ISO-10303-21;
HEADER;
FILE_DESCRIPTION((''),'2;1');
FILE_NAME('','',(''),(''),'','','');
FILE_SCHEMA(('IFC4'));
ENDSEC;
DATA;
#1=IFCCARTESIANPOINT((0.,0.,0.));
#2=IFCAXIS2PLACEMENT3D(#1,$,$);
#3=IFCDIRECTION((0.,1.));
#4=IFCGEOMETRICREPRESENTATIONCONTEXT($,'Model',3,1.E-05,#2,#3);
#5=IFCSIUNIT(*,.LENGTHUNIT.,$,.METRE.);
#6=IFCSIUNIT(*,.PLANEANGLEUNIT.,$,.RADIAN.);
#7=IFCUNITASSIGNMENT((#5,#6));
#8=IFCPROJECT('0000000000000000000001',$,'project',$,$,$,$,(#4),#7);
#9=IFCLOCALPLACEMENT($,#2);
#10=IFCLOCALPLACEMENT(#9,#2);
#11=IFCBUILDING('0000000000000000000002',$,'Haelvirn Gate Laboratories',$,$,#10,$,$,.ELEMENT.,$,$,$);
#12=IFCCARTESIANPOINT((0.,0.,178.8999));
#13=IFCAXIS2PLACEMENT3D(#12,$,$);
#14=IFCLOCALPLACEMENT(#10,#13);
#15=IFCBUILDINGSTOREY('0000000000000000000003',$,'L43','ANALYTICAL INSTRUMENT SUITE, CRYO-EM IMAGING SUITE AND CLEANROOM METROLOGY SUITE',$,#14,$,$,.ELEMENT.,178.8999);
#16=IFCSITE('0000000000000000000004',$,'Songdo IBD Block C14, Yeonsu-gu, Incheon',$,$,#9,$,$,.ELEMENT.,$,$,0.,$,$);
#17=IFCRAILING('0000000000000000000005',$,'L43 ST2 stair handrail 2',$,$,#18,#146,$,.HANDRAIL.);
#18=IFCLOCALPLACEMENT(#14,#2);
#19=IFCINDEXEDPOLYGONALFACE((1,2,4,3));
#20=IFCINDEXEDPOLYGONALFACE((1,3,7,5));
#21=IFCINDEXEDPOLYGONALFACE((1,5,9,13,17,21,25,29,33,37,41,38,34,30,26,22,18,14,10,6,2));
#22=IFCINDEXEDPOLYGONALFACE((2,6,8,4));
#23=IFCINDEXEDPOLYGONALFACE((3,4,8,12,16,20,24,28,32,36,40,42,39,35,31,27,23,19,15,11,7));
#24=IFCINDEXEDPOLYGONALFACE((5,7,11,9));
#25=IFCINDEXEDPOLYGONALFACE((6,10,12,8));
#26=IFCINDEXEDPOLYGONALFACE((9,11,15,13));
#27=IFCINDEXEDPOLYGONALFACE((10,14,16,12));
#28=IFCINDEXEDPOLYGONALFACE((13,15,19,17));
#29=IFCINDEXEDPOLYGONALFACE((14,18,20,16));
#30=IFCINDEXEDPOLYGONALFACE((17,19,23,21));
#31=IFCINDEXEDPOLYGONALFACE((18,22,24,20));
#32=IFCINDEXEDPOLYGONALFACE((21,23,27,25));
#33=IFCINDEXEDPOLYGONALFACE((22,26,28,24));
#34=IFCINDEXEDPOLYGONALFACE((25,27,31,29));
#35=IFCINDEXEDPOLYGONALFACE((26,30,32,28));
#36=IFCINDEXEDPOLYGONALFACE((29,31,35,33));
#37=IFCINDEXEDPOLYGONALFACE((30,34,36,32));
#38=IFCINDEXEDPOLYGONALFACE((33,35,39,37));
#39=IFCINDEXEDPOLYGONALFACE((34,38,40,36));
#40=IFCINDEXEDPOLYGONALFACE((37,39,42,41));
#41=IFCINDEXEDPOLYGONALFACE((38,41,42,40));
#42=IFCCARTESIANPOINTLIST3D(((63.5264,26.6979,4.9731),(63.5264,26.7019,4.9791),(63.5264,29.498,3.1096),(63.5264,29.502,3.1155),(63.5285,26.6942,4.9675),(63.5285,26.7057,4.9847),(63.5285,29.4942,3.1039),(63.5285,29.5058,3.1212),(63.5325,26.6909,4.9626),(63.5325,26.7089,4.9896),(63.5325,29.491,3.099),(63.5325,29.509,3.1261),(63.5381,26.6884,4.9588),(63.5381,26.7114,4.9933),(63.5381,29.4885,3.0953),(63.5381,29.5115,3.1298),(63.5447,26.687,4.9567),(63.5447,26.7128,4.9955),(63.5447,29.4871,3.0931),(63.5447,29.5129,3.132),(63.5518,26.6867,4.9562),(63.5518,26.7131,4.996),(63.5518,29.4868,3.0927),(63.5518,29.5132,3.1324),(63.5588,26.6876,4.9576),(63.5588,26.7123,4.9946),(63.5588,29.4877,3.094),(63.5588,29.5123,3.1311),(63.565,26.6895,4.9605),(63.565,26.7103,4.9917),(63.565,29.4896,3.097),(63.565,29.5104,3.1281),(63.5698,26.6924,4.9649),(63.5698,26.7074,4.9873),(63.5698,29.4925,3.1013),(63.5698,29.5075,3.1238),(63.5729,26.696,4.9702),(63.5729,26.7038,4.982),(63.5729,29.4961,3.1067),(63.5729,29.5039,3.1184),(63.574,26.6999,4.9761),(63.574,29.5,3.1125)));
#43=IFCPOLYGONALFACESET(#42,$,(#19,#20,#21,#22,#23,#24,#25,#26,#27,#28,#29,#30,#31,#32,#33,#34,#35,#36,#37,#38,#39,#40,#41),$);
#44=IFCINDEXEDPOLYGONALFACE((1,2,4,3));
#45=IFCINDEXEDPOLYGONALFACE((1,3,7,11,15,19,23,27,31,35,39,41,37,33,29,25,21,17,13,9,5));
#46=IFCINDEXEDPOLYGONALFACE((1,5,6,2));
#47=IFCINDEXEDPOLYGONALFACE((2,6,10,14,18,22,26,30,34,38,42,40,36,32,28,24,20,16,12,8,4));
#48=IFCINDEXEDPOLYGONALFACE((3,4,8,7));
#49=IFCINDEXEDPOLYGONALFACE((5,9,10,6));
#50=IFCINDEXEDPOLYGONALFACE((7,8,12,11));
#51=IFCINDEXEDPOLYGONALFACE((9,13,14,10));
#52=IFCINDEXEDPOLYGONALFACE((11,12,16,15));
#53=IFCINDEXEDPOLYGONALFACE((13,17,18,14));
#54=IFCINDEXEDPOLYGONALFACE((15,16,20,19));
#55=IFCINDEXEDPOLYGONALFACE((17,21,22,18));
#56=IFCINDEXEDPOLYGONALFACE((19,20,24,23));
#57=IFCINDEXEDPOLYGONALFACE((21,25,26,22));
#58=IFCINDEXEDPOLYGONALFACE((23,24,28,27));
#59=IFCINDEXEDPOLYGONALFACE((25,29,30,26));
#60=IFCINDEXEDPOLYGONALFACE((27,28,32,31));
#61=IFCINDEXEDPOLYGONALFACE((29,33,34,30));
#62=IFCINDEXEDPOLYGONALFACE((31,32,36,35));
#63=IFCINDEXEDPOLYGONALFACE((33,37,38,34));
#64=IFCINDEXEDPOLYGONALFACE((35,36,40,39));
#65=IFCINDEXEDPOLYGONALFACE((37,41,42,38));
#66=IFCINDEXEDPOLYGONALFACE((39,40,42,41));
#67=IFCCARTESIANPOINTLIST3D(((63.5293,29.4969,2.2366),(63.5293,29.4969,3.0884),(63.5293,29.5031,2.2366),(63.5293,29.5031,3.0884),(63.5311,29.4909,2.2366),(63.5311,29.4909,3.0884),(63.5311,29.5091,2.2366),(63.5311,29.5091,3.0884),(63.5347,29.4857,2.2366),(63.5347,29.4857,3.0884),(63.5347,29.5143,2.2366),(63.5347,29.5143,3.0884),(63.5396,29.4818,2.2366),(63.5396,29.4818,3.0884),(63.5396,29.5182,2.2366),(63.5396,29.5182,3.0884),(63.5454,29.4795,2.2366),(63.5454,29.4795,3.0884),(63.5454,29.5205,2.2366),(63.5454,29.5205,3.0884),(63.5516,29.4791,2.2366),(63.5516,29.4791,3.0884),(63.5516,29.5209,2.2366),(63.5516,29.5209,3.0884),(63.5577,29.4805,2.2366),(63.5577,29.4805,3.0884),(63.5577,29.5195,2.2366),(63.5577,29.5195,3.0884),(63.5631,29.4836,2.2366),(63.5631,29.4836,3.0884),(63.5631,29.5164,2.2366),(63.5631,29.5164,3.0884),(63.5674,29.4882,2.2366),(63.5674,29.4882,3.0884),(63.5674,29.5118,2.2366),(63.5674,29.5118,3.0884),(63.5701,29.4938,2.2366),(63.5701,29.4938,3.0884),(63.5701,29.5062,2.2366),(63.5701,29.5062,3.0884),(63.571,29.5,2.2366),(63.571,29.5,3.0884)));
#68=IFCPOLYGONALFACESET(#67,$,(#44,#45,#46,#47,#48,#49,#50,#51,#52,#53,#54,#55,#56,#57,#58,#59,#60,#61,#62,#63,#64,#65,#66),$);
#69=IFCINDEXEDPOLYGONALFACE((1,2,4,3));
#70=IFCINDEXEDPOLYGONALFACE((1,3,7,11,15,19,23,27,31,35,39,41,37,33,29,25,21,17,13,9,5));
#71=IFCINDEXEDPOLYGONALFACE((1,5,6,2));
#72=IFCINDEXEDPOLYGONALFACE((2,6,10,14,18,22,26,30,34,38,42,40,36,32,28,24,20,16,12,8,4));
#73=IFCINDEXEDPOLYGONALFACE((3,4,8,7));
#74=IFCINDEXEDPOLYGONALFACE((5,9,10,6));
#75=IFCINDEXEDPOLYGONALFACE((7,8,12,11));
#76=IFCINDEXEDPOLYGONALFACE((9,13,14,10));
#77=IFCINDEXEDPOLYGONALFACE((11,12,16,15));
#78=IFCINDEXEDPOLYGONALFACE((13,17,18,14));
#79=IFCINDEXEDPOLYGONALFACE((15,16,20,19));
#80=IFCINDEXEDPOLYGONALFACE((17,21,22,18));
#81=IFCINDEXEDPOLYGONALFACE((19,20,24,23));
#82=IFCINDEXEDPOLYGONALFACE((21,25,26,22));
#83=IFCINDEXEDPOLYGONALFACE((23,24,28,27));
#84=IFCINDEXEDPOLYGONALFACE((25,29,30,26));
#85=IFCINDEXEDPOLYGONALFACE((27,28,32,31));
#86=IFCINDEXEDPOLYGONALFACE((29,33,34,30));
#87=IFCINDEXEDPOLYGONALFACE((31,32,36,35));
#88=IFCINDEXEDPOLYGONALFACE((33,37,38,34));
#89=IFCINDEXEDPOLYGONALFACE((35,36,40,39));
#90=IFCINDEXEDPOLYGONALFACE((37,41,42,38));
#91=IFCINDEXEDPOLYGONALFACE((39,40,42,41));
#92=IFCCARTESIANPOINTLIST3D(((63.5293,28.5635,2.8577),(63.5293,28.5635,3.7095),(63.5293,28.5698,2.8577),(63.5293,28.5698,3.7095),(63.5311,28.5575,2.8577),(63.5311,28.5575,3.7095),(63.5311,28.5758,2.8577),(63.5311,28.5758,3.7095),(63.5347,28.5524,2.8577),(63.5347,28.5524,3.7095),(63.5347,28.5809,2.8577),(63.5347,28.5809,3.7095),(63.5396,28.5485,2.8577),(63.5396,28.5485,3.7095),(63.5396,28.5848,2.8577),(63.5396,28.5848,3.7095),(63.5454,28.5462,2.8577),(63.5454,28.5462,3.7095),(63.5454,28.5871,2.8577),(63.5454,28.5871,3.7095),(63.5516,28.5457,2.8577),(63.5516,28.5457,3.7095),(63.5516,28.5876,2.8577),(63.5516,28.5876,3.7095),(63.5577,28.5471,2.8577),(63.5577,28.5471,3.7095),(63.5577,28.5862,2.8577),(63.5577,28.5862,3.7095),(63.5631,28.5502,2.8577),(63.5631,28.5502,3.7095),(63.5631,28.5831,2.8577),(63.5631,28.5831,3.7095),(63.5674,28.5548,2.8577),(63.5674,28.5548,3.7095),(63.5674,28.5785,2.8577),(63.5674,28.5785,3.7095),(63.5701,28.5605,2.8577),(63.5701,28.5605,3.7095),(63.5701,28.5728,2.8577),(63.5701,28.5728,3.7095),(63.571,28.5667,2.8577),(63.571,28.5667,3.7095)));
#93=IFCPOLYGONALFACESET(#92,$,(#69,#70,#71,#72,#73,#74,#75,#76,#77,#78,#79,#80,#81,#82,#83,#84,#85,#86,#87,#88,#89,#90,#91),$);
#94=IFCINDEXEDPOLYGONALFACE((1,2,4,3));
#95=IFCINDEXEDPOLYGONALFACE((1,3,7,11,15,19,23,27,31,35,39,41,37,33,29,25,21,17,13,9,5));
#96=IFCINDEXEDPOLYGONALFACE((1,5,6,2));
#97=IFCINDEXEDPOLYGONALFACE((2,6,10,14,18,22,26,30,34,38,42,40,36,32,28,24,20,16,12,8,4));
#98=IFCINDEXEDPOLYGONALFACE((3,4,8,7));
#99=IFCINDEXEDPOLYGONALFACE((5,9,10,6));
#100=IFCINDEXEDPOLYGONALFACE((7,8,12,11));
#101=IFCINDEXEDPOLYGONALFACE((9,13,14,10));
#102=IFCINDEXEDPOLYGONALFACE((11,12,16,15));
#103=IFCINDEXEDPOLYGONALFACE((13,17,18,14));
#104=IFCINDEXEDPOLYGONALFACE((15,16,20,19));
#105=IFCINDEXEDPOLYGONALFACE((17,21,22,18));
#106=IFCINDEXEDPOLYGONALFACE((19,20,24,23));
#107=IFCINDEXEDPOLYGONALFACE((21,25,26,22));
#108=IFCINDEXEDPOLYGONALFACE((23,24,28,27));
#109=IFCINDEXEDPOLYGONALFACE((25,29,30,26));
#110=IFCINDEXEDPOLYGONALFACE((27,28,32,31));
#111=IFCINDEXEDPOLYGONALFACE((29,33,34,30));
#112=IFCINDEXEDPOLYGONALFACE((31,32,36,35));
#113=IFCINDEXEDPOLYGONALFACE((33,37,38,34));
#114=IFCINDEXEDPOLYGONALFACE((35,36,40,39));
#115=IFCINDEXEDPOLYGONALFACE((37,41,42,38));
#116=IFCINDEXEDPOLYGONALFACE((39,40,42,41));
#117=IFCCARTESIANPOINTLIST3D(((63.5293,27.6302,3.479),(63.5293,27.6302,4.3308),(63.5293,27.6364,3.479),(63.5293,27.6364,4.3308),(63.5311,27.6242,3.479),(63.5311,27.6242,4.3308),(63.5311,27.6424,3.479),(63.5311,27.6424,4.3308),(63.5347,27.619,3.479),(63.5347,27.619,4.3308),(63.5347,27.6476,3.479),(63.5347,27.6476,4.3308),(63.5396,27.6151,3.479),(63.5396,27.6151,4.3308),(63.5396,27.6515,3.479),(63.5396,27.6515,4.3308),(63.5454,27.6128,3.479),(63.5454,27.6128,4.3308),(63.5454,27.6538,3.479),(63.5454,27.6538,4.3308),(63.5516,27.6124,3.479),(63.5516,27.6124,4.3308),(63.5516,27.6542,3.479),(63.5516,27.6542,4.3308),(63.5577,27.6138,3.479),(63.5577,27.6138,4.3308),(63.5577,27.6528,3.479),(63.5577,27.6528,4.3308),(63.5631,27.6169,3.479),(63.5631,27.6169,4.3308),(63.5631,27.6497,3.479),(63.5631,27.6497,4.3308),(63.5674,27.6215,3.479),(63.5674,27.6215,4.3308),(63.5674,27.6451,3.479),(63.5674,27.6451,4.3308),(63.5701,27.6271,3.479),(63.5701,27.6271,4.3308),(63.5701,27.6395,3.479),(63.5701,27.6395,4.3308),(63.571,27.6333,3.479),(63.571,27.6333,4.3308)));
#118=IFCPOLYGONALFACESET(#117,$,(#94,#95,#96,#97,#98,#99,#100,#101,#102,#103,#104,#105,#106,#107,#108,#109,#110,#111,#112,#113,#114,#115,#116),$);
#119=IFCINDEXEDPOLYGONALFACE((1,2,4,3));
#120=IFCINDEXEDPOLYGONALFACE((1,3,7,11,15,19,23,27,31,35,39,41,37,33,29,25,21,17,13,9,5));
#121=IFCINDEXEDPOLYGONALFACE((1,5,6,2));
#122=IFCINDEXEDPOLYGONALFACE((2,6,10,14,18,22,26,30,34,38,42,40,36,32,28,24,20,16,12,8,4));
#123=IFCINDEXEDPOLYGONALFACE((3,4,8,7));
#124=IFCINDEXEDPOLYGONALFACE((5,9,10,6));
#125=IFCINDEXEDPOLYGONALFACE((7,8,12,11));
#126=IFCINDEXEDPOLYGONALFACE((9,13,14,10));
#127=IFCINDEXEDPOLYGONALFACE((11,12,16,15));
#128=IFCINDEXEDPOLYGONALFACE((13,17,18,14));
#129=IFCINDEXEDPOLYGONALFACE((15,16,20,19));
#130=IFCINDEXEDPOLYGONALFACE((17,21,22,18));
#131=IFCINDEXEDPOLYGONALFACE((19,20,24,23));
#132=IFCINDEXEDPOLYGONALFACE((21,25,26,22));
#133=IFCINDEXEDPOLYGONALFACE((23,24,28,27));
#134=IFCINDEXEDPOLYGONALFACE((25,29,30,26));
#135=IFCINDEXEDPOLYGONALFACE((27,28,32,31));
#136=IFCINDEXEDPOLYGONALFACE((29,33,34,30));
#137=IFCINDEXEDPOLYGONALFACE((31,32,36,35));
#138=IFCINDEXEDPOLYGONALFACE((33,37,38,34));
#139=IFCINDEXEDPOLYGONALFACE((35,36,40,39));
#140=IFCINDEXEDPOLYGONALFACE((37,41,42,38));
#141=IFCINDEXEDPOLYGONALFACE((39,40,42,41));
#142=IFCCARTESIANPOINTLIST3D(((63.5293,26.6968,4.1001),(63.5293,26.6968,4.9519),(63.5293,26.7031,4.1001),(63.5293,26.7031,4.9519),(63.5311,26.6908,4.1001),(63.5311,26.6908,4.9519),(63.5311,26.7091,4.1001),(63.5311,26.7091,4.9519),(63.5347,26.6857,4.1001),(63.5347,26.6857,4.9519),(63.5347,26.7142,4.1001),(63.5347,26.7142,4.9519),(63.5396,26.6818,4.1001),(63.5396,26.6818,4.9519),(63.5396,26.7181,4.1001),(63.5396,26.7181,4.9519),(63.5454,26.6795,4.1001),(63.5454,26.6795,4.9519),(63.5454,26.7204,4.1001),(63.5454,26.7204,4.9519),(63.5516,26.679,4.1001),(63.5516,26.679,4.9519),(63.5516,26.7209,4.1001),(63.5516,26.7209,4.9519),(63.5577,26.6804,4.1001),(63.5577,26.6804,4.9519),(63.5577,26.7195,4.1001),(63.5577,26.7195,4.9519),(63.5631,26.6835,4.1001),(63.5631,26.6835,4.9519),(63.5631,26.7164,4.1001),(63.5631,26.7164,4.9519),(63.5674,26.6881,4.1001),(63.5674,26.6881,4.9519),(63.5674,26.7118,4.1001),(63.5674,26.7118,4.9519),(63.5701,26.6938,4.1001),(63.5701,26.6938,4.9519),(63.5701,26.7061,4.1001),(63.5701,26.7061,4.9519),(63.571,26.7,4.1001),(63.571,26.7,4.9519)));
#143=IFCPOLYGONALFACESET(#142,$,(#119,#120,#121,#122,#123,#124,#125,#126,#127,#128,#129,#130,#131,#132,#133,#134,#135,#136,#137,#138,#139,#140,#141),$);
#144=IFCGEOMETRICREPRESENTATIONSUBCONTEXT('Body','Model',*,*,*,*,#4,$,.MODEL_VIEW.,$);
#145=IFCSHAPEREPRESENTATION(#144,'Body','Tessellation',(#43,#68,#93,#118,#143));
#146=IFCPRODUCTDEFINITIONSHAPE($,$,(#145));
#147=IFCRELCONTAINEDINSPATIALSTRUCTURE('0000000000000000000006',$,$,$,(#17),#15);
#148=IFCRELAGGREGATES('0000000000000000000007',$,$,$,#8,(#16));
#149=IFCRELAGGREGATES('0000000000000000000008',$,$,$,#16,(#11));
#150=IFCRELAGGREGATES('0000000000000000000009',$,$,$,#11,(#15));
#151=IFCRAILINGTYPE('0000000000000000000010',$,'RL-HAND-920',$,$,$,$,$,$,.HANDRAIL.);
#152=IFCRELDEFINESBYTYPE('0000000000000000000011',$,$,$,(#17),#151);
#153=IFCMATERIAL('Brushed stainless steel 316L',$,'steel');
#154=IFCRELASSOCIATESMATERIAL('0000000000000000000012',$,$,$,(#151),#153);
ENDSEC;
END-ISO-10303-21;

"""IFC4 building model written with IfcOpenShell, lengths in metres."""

from ifc_helpers import new_model, si_unit, direction, frame, origin, origin_2d, place, context, subcontext, project, spatial, circle, extrude, source, transform, mapped, material, type_object, element, save


model = new_model("IFC4")

# Units and contexts
model_context = context("Model", 3, precision=1e-05, world=origin(), true_north=direction((0.0, 1.0)))
body_context = subcontext(model_context, "Body", "Model", "MODEL_VIEW")
ifc_project = project(units=[si_unit("LENGTHUNIT", "METRE"), si_unit("PLANEANGLEUNIT", "RADIAN")], contexts=[model_context])

# Site, building, storey
site_placement = place(None, origin())
site = spatial("IfcSite", under=ifc_project, at=site_placement, Name="Songdo IBD Block C14, Yeonsu-gu, Incheon", CompositionType="ELEMENT", RefElevation=0.0)
building_placement = place(site_placement, origin())
building = spatial("IfcBuilding", under=site, at=building_placement, Name="Haelvirn Gate Laboratories", CompositionType="ELEMENT")
storey_placement = place(building_placement, frame((0.0, 0.0, 178.8999)))
storey = spatial("IfcBuildingStorey", under=building, at=storey_placement, Name="L43", Description="ANALYTICAL INSTRUMENT SUITE, CRYO-EM IMAGING SUITE AND CLEANROOM METROLOGY SUITE", CompositionType="ELEMENT", Elevation=178.8999)

# Railing
ifc_material_1 = material(Name="Brushed stainless steel 316L", Category="steel")
railing_type_1 = type_object("IfcRailingType", Name="RL-HAND-920", PredefinedType="HANDRAIL", material=ifc_material_1)
shared_shape_1 = source(origin(), body_context, "Body", "SweptSolid", [
    extrude(circle(Radius=0.0239, at=origin_2d()), frame((0.0, 0.0, 0.876), z_axis=(0.0, -0.832486, 0.554047), x_axis=(1.0, 0.0, 0.0)), (0.0, 0.0, 1.0), 3.3635),
    extrude(circle(Radius=0.021, at=origin_2d()), origin(), (0.0, 0.0, 1.0), 0.8518),
    extrude(circle(Radius=0.021, at=origin_2d()), frame((0.0, -0.9333, 0.6211)), (0.0, 0.0, 1.0), 0.8518),
    extrude(circle(Radius=0.021, at=origin_2d()), frame((0.0, -1.8667, 1.2424)), (0.0, 0.0, 1.0), 0.8518),
    extrude(circle(Radius=0.021, at=origin_2d()), frame((0.0, -2.8, 1.8635)), (0.0, 0.0, 1.0), 0.8518),
])
railing_1_placement = place(storey_placement, frame((63.55, 29.5, 2.2366)))
element("IfcRailing", 1, at=railing_1_placement, inside=storey, type_object=railing_type_1, Name="L43 ST2 stair handrail 2", PredefinedType="HANDRAIL", context=body_context, shape_type="MappedRepresentation", body=[
    mapped(shared_shape_1, transform((0.0, 0.0, 0.0), scale=1.0)),
])

save(model, "model.ifc")
